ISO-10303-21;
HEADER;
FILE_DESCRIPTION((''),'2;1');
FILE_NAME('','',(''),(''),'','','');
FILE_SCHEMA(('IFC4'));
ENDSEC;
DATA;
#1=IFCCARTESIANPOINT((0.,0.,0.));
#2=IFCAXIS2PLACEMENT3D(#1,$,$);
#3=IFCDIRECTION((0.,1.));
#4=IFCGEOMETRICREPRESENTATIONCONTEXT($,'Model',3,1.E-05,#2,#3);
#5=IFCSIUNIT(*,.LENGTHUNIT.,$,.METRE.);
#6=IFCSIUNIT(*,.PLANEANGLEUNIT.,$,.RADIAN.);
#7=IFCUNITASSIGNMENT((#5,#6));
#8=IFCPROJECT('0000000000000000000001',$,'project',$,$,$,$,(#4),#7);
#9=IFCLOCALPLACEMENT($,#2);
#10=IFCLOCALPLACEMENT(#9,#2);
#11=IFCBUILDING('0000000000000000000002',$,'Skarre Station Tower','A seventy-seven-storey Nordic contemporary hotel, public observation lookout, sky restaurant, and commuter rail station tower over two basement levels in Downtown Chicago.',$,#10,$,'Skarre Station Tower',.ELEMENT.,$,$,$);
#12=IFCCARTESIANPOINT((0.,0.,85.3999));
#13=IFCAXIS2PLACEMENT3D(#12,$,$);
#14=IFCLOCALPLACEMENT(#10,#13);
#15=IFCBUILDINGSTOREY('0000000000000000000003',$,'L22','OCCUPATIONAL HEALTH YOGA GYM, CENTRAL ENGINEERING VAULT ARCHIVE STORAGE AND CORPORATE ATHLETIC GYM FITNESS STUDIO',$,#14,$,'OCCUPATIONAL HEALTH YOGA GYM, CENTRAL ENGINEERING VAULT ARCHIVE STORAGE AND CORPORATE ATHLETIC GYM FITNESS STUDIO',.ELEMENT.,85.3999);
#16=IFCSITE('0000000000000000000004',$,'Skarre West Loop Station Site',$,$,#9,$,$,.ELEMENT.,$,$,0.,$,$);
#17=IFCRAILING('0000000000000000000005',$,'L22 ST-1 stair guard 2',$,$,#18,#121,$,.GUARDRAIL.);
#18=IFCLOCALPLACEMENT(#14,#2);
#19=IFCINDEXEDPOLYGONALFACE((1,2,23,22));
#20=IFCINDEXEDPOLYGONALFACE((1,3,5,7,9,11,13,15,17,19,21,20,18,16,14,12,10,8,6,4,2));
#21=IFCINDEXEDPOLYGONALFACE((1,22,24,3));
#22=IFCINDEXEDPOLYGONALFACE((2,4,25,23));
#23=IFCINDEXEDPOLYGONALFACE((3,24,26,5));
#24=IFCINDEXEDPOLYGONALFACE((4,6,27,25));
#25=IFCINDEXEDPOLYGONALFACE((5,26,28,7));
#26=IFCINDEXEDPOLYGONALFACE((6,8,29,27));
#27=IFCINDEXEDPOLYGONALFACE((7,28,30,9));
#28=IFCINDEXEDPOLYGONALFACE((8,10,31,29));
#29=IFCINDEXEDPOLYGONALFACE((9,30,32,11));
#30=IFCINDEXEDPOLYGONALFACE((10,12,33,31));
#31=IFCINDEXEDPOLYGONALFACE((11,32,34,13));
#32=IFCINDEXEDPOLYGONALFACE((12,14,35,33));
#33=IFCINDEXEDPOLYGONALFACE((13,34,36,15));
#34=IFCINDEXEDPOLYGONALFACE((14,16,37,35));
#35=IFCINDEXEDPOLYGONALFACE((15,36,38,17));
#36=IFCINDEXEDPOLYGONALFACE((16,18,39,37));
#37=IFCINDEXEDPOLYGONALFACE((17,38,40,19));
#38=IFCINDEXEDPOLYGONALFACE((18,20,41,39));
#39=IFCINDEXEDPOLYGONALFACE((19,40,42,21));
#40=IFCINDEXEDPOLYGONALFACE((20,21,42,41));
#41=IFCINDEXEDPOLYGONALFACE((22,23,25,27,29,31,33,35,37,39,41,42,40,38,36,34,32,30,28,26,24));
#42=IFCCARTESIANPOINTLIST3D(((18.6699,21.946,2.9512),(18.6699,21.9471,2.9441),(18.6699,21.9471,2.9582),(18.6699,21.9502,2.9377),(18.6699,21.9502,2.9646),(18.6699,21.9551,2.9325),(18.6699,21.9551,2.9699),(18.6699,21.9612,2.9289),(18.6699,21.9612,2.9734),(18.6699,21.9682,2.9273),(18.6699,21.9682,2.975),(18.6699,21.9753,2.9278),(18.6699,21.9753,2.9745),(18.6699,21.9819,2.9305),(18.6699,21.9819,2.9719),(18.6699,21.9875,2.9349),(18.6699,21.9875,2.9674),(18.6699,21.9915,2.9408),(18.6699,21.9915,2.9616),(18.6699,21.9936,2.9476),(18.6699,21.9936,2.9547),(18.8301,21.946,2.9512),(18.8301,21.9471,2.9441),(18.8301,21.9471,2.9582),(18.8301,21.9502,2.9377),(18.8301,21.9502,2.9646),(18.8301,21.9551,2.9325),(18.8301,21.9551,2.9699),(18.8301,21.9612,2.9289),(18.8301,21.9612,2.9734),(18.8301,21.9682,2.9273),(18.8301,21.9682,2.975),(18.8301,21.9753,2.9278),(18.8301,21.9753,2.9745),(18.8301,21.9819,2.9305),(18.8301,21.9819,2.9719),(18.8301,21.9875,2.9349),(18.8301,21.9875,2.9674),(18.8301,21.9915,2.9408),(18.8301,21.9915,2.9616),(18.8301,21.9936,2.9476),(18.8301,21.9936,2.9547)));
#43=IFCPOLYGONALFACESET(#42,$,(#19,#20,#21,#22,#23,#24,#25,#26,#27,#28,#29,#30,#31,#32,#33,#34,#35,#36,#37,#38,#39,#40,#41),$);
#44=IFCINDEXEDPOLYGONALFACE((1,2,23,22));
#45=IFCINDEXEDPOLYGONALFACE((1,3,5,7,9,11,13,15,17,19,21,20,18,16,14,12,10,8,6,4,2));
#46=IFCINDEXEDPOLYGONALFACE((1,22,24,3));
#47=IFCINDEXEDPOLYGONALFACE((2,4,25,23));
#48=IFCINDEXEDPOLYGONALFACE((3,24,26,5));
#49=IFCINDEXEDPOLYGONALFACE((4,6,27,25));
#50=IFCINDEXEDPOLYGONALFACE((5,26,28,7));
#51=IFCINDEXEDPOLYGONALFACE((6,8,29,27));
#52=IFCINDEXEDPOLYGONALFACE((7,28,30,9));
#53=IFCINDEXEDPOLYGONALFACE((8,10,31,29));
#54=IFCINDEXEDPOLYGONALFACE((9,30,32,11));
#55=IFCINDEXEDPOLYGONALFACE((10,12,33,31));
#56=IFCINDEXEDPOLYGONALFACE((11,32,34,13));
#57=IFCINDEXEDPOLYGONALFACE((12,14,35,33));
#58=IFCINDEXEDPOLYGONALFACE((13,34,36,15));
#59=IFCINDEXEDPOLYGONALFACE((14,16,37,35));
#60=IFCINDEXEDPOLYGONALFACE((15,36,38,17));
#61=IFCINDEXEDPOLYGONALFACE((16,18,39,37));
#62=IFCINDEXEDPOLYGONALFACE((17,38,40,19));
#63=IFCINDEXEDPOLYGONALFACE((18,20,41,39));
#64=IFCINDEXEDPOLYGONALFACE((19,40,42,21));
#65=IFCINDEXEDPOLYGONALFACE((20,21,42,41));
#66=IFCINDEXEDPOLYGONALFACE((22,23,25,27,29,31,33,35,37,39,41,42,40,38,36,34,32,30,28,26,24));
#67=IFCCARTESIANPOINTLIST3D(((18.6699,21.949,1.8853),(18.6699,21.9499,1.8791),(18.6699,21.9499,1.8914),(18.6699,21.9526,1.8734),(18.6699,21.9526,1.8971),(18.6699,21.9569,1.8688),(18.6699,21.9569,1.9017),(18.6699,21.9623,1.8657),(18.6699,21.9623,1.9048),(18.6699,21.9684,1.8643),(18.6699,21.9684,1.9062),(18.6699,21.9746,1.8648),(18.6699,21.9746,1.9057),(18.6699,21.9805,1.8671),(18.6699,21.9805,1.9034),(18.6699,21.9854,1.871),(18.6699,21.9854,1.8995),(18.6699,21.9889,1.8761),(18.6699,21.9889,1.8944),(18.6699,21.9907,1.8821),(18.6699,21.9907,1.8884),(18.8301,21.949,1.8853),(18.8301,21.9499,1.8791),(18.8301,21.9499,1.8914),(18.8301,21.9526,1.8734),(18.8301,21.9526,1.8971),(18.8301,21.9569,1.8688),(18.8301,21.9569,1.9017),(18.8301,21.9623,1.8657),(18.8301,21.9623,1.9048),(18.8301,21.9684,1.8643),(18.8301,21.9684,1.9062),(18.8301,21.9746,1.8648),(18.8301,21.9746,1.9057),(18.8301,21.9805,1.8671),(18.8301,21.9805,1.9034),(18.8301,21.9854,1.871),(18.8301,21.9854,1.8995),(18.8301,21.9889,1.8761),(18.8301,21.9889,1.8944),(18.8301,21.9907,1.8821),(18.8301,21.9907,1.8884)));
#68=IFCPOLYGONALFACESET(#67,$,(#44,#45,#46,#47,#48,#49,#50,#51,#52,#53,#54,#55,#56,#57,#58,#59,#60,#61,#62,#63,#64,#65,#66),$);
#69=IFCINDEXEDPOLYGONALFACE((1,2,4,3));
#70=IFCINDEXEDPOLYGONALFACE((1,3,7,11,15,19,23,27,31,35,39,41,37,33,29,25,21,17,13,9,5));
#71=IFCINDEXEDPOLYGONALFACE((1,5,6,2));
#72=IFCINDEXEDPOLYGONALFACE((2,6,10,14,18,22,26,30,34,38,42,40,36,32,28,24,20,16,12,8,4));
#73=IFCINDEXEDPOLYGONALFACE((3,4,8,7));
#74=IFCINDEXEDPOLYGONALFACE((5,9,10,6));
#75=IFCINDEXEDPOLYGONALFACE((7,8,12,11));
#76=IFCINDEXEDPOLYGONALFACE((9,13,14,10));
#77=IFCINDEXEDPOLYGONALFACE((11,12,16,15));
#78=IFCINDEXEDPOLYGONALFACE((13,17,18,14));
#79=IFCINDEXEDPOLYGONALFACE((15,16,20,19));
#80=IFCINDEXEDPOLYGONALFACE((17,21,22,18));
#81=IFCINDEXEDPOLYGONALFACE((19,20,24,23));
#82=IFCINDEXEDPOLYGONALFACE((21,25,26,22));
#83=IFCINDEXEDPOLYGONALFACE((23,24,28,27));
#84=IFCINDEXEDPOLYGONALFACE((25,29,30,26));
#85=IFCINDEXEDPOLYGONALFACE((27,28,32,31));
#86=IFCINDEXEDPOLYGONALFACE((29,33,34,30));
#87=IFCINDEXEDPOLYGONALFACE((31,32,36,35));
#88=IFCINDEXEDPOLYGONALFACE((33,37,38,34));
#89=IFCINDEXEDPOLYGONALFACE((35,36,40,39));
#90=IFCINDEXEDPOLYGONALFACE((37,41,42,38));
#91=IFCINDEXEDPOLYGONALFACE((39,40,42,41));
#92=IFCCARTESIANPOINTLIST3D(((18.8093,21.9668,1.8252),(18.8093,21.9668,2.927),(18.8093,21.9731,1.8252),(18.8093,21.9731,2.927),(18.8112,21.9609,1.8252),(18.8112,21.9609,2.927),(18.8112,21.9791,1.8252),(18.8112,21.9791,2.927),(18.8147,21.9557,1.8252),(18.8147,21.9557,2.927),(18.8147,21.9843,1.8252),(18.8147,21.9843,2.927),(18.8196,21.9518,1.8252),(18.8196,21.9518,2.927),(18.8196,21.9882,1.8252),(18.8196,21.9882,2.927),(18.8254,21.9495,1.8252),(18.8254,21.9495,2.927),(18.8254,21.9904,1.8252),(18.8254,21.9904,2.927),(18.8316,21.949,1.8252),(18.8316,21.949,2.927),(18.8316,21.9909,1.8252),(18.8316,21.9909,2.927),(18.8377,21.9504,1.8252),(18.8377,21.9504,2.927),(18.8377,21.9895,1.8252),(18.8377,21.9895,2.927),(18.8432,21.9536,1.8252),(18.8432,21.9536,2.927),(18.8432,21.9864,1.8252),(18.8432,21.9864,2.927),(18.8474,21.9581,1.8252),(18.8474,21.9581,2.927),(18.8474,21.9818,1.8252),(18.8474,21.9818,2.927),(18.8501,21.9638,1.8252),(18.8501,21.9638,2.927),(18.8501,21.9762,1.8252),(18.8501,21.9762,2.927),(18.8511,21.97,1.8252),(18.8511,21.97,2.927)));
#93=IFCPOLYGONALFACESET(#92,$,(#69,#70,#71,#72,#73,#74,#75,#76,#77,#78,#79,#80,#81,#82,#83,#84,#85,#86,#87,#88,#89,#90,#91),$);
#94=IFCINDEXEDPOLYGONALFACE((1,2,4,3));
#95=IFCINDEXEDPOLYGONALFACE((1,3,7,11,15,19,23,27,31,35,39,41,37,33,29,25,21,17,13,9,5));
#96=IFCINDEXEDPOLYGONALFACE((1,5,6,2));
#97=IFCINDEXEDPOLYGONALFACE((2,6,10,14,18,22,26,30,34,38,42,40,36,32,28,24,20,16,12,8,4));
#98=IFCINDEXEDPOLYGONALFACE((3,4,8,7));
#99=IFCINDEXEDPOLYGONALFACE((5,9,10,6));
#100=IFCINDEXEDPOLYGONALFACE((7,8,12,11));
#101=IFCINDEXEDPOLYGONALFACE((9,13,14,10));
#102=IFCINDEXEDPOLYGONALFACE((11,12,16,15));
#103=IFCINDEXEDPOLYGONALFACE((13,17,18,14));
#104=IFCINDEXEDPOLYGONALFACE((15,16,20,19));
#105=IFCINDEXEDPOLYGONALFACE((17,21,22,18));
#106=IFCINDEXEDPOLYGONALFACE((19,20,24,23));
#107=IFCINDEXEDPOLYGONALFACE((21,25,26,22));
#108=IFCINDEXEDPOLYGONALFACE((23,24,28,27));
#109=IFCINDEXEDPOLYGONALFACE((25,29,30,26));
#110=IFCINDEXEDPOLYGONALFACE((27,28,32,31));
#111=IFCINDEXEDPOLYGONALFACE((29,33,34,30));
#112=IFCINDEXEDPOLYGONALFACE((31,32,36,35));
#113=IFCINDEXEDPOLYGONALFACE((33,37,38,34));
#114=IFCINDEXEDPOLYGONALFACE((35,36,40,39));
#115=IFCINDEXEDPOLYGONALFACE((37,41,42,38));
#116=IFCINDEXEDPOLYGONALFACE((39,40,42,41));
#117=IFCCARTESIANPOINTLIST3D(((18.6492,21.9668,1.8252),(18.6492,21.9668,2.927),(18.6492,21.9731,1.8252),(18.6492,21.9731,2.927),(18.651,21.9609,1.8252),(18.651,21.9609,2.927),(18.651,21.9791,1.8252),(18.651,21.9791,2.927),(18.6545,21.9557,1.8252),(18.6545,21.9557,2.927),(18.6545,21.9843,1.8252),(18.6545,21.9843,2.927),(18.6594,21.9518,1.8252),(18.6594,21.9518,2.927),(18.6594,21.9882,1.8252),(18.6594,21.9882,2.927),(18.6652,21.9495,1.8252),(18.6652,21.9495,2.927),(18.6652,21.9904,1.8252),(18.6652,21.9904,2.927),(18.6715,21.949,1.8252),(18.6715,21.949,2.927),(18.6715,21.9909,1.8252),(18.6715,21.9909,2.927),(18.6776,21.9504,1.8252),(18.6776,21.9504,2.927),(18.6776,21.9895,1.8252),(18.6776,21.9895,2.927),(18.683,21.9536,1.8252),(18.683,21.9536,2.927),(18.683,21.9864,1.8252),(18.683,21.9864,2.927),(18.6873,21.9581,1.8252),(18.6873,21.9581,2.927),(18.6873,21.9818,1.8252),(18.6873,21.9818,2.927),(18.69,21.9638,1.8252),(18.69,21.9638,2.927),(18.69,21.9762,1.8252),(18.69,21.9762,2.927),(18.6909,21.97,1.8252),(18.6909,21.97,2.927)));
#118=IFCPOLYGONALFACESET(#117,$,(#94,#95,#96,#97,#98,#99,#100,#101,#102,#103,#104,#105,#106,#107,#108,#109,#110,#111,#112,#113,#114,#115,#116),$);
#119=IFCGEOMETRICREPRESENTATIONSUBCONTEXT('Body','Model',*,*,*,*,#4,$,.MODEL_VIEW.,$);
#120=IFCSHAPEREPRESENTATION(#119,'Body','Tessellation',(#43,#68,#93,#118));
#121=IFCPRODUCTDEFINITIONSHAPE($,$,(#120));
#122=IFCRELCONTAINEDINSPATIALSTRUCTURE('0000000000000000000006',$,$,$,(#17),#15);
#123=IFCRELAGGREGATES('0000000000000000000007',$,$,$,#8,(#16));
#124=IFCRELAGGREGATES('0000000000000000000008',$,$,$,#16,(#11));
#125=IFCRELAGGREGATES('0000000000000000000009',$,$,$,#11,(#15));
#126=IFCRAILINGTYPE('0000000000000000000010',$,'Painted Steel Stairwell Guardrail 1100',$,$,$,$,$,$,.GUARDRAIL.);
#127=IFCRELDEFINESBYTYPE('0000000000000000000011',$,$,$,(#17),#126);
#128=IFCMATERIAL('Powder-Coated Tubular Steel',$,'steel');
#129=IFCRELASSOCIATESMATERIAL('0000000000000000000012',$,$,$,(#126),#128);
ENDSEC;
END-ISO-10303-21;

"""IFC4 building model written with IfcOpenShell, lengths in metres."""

from ifc_helpers import new_model, si_unit, direction, frame, origin, origin_2d, place, context, subcontext, project, spatial, circle, extrude, material, type_object, element, save


model = new_model("IFC4")

# Units and contexts
model_context = context("Model", 3, precision=1e-05, world=origin(), true_north=direction((0.0, 1.0)))
body_context = subcontext(model_context, "Body", "Model", "MODEL_VIEW")
ifc_project = project(units=[si_unit("LENGTHUNIT", "METRE"), si_unit("PLANEANGLEUNIT", "RADIAN")], contexts=[model_context])

# Site, building, storey
site_placement = place(None, origin())
site = spatial("IfcSite", under=ifc_project, at=site_placement, Name="Skarre West Loop Station Site", CompositionType="ELEMENT", RefElevation=0.0)
building_placement = place(site_placement, origin())
building = spatial("IfcBuilding", under=site, at=building_placement, Name="Skarre Station Tower", Description="A seventy-seven-storey Nordic contemporary hotel, public observation lookout, sky restaurant, and commuter rail station tower over two basement levels in Downtown Chicago.", LongName="Skarre Station Tower", CompositionType="ELEMENT")
storey_placement = place(building_placement, frame((0.0, 0.0, 85.3999)))
storey = spatial("IfcBuildingStorey", under=building, at=storey_placement, Name="L22", Description="OCCUPATIONAL HEALTH YOGA GYM, CENTRAL ENGINEERING VAULT ARCHIVE STORAGE AND CORPORATE ATHLETIC GYM FITNESS STUDIO", LongName="OCCUPATIONAL HEALTH YOGA GYM, CENTRAL ENGINEERING VAULT ARCHIVE STORAGE AND CORPORATE ATHLETIC GYM FITNESS STUDIO", CompositionType="ELEMENT", Elevation=85.3999)

# Railing
ifc_material_1 = material(Name="Powder-Coated Tubular Steel", Category="steel")
railing_type = type_object("IfcRailingType", Name="Painted Steel Stairwell Guardrail 1100", PredefinedType="GUARDRAIL", material=ifc_material_1)
railing_1_placement = place(storey_placement, frame((18.8301, 21.97, 1.8252)))
element("IfcRailing", 1, at=railing_1_placement, inside=storey, type_object=railing_type, Name="L22 ST-1 stair guard 2", PredefinedType="GUARDRAIL", context=body_context, shape_type="SweptSolid", body=[
    extrude(circle(Radius=0.0239, at=origin_2d()), frame((0.0, 0.0, 1.126), z_axis=(-1.0, 0.0, 0.0), x_axis=(0.0, -1.0, 0.0)), (0.0, 0.0, 1.0), 0.1602),
    extrude(circle(Radius=0.021, at=origin_2d()), frame((0.0, 0.0, 0.0601), z_axis=(-1.0, 0.0, 0.0), x_axis=(0.0, -1.0, 0.0)), (0.0, 0.0, 1.0), 0.1602),
    extrude(circle(Radius=0.021, at=origin_2d()), origin(), (0.0, 0.0, 1.0), 1.1018),
    extrude(circle(Radius=0.021, at=origin_2d()), frame((-0.1602, 0.0, 0.0)), (0.0, 0.0, 1.0), 1.1018),
])

save(model, "model.ifc")
